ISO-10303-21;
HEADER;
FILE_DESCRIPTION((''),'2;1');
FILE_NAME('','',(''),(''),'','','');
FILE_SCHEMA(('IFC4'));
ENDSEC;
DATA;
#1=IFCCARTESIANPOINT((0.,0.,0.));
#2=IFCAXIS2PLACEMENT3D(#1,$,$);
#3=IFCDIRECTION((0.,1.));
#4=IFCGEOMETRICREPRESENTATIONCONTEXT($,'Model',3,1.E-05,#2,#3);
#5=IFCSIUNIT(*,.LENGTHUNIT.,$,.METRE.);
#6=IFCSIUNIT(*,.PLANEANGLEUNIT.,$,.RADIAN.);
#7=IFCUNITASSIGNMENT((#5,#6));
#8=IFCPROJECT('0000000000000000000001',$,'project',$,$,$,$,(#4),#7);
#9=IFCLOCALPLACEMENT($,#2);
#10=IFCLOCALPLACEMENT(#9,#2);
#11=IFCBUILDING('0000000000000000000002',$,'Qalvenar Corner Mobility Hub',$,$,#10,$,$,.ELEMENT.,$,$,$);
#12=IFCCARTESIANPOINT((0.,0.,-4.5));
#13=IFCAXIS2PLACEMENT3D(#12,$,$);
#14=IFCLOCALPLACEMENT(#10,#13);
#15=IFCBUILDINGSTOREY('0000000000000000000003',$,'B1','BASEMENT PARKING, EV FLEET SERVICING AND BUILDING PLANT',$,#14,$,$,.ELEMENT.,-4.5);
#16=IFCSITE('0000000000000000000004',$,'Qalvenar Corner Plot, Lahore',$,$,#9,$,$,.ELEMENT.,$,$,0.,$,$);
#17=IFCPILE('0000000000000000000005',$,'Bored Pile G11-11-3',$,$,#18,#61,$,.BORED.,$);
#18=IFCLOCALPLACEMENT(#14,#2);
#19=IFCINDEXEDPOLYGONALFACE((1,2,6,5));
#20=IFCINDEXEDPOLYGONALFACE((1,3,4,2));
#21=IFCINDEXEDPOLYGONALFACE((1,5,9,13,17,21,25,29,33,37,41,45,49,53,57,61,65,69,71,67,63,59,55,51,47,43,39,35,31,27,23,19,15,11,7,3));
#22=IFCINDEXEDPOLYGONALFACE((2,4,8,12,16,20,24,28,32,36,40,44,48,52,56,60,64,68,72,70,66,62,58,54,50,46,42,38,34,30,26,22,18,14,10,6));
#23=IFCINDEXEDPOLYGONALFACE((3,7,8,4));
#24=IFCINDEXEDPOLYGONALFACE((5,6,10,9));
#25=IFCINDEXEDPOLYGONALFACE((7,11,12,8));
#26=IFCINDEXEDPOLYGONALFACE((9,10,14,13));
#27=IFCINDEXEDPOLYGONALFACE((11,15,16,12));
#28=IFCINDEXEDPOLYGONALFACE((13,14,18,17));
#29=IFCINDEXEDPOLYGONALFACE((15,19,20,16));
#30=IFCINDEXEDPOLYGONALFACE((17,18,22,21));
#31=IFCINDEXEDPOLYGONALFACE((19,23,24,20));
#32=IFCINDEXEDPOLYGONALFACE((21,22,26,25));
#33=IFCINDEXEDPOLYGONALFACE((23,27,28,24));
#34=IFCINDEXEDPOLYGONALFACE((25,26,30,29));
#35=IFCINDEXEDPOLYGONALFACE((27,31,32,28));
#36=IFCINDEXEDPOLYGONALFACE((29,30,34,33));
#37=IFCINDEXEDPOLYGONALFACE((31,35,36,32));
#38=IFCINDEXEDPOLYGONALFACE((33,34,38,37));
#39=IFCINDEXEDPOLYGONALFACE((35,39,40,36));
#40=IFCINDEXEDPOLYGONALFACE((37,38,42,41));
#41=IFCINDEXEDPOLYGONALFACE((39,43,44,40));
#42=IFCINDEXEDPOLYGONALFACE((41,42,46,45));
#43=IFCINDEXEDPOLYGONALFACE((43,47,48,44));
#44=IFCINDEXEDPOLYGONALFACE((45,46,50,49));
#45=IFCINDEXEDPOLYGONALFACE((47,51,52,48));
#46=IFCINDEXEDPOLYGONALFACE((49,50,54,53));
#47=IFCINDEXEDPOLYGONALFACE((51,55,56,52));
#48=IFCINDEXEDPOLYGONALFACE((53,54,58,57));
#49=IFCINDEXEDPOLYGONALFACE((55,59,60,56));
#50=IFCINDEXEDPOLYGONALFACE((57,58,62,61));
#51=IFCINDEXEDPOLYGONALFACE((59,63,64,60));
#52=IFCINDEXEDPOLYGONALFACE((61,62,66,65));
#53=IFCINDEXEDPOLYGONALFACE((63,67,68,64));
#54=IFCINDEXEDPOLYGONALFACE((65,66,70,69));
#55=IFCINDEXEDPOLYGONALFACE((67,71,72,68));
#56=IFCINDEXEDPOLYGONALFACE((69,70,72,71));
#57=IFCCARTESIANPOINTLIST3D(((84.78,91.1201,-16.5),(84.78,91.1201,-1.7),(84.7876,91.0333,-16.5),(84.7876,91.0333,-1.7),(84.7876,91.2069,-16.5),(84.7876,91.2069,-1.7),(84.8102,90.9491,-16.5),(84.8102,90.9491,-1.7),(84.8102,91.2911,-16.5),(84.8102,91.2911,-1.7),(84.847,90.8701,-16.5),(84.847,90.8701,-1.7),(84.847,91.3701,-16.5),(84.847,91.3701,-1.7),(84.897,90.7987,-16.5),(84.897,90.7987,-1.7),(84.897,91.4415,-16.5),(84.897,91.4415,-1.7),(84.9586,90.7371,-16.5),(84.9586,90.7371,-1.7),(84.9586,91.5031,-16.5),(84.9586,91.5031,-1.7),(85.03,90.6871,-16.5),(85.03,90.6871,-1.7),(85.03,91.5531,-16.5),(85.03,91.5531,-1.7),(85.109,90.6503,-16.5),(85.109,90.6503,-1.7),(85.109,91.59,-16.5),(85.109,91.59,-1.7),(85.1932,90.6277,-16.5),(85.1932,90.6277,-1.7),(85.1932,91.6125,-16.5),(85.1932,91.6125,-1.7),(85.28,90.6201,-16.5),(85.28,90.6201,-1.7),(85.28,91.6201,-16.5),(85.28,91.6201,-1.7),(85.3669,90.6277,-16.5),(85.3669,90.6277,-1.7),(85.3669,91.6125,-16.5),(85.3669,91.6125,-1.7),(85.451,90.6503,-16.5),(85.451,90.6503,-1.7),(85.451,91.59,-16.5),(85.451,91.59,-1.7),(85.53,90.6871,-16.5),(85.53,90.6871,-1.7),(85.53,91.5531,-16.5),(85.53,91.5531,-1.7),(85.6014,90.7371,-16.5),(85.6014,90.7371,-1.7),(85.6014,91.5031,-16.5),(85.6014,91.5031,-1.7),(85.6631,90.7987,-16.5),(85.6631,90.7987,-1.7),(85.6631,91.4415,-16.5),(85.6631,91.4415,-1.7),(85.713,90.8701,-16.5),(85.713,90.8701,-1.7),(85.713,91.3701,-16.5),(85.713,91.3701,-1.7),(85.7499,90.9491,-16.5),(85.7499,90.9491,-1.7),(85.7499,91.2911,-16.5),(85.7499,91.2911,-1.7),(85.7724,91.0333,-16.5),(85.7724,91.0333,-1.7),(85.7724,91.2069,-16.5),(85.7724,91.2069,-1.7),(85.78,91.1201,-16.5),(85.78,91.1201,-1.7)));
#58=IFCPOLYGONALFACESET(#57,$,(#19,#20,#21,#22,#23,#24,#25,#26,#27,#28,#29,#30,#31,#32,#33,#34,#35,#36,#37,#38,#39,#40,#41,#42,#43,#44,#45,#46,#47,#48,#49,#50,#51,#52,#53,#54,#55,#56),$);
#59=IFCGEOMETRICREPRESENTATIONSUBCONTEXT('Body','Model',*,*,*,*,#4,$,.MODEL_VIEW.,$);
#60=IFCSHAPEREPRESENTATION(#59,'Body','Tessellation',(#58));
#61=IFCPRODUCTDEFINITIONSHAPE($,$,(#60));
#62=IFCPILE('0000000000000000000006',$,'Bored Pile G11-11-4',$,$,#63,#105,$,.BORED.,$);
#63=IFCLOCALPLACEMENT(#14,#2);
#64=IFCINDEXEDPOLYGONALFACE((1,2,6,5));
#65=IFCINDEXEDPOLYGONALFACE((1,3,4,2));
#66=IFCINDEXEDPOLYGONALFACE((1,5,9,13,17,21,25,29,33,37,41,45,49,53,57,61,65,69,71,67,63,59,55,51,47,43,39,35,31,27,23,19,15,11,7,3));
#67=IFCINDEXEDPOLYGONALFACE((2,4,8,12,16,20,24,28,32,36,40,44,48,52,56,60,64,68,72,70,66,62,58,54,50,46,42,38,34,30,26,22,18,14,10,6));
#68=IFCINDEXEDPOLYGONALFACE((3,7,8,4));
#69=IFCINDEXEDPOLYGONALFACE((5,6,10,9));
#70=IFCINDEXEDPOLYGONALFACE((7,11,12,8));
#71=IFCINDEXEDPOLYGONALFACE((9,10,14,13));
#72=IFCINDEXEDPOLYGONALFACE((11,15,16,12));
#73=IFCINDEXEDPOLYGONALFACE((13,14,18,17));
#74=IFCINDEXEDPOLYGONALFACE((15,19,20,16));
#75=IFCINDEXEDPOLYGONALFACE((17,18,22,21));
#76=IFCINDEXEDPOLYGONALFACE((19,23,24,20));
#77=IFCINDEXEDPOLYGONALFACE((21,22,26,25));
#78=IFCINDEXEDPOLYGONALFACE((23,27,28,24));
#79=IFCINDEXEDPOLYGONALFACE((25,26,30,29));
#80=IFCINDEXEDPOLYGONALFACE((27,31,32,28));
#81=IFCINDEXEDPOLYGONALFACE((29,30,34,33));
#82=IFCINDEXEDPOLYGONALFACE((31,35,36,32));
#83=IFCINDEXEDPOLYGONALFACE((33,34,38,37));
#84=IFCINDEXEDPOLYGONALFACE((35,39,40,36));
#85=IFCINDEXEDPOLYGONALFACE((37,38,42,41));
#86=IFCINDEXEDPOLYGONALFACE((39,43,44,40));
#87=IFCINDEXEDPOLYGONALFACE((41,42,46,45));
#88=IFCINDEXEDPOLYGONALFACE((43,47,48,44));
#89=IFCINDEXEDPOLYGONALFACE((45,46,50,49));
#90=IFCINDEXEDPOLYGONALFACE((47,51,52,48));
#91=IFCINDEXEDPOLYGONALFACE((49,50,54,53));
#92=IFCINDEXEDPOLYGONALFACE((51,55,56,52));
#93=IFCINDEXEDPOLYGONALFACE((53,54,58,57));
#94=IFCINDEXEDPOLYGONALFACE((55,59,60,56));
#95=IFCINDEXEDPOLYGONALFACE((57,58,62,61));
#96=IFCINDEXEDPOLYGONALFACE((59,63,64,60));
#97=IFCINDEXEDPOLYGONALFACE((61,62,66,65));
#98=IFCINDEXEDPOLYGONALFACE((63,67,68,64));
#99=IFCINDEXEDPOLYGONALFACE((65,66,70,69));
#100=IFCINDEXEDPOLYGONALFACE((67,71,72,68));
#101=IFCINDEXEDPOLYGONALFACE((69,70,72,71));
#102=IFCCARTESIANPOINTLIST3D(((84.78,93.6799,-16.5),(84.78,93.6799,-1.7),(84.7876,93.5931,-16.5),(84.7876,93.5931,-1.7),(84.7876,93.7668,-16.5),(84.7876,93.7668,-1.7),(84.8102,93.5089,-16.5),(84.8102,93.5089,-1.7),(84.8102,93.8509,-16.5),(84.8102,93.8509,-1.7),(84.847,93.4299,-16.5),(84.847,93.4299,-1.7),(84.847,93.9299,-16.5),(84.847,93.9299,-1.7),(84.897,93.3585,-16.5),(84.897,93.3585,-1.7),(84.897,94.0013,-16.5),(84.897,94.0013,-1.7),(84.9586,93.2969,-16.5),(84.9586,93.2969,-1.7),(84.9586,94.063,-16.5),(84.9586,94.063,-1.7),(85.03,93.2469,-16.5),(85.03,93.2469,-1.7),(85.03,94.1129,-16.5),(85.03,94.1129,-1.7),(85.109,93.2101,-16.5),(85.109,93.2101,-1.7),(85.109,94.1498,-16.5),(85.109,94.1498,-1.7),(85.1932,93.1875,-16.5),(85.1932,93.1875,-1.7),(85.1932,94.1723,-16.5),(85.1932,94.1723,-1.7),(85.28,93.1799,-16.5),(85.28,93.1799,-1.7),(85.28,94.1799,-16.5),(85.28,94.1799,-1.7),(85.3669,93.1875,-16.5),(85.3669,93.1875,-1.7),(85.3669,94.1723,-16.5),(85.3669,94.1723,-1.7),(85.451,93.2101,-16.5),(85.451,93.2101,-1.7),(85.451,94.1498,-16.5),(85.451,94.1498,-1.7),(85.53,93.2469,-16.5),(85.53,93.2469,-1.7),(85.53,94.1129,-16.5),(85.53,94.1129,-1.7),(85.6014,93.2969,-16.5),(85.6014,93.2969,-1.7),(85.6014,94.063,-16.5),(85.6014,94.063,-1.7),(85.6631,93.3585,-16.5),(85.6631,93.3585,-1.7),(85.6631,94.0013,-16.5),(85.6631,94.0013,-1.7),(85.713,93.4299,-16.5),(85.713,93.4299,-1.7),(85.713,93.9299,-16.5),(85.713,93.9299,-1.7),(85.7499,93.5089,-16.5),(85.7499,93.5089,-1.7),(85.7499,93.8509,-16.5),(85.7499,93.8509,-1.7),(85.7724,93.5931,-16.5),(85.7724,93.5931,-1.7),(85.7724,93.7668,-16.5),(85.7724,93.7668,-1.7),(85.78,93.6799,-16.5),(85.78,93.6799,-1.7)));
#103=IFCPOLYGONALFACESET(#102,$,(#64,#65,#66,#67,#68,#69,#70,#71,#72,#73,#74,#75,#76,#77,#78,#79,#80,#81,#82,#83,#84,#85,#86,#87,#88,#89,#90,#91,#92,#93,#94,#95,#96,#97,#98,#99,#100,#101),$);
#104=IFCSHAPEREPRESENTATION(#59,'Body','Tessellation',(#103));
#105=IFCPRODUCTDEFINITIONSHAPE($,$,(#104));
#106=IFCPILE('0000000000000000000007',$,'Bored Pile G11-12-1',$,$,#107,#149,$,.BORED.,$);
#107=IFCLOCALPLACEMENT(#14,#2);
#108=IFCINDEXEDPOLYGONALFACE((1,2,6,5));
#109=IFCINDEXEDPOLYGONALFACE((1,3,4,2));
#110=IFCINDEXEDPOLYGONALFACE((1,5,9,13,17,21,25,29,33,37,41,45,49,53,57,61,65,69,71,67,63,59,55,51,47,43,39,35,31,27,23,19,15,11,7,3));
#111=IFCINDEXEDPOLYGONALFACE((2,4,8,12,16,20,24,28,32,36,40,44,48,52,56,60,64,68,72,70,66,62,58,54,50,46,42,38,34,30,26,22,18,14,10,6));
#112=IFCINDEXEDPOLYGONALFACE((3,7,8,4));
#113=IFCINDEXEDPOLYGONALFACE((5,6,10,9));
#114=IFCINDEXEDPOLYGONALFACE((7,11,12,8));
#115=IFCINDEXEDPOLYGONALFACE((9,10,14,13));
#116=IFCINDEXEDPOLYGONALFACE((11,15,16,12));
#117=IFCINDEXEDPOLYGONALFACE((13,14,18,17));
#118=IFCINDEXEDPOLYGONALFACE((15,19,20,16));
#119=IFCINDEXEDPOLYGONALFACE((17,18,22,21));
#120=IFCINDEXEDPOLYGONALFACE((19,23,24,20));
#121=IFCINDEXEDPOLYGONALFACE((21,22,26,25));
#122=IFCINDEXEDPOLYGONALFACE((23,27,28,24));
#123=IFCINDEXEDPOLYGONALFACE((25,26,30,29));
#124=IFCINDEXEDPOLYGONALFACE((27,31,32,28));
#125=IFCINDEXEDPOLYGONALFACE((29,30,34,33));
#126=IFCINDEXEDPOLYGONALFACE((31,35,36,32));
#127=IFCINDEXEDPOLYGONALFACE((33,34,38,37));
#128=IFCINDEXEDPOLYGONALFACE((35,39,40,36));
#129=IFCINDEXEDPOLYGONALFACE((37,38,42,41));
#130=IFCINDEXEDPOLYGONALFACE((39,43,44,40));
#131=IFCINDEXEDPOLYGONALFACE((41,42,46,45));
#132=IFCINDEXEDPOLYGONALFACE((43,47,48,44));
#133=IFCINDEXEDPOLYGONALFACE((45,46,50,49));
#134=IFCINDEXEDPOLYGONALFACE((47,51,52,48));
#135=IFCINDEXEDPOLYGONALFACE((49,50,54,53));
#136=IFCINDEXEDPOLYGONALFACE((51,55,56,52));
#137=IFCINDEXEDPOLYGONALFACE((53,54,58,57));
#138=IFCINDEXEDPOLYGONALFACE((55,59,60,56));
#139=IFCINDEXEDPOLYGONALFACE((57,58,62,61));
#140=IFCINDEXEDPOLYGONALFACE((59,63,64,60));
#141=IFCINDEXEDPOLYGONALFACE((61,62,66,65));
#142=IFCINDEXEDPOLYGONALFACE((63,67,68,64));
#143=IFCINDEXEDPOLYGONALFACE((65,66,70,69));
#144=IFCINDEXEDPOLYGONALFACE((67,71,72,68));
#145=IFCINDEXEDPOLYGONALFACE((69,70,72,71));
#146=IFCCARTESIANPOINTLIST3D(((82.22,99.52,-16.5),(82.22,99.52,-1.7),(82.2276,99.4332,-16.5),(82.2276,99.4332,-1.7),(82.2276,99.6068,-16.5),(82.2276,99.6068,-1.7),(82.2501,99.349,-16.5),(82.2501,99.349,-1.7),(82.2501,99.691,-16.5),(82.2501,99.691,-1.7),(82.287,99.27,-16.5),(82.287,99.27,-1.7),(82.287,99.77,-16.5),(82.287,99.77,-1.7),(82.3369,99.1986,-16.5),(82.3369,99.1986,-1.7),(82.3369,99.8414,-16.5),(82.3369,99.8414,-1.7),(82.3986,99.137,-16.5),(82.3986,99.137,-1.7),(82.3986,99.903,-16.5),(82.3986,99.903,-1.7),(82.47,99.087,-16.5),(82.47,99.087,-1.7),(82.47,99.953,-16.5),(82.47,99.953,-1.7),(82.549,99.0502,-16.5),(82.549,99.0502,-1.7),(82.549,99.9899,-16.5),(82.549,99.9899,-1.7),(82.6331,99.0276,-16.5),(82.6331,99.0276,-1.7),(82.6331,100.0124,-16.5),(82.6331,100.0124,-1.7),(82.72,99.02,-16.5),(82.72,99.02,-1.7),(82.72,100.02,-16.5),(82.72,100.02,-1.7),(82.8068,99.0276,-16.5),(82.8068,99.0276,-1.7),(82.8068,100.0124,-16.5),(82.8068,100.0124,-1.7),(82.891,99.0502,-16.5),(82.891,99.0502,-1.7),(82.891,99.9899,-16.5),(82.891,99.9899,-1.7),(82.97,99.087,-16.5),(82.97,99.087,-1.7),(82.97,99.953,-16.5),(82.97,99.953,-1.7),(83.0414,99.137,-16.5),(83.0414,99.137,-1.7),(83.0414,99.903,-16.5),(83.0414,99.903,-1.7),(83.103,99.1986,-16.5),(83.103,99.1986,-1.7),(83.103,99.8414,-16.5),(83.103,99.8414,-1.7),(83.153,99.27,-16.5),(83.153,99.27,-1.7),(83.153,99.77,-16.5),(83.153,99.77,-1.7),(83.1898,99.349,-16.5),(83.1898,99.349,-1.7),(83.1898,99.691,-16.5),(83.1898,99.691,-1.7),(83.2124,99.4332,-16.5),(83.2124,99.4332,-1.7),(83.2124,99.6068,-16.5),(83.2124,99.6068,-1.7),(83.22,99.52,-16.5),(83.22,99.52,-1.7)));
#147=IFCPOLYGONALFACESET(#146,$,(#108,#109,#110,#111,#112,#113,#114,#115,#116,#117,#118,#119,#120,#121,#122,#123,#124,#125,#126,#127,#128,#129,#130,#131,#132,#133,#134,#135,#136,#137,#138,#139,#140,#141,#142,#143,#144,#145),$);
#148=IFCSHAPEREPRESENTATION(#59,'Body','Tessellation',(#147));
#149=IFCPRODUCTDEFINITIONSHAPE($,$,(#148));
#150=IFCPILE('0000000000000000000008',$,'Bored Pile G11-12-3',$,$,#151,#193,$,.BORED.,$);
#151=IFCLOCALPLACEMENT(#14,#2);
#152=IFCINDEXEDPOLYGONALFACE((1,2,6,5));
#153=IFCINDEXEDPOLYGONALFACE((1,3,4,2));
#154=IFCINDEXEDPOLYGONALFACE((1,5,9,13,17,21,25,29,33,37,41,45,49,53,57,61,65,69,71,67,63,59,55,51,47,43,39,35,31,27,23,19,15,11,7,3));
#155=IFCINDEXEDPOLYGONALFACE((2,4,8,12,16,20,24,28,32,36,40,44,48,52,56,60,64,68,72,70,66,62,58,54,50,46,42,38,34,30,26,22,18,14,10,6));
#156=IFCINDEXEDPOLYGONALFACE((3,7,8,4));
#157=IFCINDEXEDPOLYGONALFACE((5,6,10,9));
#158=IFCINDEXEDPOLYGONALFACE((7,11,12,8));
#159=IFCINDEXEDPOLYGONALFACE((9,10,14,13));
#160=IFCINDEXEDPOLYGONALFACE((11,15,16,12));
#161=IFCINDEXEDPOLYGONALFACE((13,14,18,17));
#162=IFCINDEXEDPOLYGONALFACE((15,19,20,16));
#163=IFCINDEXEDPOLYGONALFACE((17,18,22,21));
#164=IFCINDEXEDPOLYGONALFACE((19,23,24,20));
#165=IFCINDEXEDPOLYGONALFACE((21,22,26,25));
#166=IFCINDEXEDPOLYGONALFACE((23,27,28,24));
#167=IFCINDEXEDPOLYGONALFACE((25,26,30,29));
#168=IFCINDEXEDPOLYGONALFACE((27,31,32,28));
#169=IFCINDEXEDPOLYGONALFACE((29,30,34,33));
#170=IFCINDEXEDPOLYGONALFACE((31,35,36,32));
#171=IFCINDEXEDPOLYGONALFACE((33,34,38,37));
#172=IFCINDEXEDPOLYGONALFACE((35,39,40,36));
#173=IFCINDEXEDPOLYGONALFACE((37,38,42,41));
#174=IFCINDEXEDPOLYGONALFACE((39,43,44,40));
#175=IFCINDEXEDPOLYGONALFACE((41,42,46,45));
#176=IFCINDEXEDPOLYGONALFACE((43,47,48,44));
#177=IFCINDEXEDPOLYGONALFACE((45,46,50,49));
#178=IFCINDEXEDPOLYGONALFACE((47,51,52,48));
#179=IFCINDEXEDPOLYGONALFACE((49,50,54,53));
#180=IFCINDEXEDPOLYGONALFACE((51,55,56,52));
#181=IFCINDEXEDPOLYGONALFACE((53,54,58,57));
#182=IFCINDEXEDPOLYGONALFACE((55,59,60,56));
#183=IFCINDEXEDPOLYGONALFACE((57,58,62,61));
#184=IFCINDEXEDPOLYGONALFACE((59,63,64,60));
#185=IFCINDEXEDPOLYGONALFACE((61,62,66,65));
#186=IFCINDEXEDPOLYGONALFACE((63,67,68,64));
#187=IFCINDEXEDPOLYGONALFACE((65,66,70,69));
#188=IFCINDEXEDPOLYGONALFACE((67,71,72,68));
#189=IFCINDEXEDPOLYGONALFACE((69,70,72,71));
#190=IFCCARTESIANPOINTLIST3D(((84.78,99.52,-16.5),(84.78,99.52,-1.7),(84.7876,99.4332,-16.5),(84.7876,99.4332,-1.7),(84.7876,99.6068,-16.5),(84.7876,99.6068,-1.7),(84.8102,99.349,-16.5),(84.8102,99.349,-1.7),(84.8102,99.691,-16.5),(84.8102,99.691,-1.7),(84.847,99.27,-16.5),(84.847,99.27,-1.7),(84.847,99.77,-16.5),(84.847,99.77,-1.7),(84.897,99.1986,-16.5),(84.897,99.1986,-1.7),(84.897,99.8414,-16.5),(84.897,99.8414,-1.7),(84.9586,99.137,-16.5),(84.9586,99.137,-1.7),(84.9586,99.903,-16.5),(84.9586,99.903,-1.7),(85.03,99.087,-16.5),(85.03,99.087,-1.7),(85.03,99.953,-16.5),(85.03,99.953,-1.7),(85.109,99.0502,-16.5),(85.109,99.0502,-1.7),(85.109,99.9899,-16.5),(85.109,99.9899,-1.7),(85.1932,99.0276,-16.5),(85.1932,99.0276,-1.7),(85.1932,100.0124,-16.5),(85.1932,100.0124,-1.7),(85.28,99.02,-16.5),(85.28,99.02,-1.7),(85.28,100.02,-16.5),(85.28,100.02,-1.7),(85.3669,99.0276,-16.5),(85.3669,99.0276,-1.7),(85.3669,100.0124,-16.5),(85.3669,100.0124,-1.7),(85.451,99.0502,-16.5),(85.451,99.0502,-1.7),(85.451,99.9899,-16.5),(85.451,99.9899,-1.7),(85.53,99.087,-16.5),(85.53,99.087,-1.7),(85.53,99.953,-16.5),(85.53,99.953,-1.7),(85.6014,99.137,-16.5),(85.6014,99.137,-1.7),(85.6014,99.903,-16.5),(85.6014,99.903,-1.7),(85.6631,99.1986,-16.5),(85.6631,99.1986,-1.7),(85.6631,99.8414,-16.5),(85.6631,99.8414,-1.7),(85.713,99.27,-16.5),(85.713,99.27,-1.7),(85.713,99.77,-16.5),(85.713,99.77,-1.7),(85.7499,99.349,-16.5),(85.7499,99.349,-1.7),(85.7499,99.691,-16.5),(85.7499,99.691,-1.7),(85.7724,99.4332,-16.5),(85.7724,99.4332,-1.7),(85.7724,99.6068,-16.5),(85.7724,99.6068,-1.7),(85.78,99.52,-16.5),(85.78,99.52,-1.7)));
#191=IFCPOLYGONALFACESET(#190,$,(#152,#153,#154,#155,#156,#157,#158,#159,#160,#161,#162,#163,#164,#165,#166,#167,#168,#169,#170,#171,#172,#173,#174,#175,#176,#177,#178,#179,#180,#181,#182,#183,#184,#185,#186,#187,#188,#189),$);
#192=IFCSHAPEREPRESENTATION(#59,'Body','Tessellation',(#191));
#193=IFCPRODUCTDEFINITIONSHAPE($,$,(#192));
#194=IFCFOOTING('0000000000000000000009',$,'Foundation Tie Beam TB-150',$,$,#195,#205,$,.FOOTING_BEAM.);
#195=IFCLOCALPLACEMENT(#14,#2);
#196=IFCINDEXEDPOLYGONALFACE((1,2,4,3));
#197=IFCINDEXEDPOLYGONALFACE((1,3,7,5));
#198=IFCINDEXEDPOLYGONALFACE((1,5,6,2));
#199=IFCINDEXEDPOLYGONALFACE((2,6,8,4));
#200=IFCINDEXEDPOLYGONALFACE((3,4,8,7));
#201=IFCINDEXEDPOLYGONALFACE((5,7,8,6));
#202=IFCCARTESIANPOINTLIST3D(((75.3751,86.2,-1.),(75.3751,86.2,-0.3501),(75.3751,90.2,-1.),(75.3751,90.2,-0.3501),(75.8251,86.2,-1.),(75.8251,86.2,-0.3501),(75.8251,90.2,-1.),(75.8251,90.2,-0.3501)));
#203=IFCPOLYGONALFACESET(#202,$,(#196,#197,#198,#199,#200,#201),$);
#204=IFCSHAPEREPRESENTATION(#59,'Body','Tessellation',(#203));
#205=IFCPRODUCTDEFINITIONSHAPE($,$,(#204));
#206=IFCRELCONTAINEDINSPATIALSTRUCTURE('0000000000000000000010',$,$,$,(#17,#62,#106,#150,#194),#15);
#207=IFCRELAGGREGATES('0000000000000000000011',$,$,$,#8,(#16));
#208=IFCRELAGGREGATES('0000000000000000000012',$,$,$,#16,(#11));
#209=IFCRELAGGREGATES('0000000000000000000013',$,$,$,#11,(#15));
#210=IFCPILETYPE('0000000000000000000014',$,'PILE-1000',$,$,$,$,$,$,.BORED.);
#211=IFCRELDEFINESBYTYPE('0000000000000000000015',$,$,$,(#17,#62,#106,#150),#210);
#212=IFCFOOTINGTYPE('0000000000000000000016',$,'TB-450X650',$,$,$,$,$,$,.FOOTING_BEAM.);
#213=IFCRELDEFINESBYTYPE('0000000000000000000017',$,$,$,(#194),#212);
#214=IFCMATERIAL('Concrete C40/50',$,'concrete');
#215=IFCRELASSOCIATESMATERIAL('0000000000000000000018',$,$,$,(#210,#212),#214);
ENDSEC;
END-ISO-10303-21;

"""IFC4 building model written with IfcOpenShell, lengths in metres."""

from ifc_helpers import new_model, si_unit, direction, frame, origin, origin_2d, place, context, subcontext, project, spatial, rectangle, circle, extrude, material, material_profile, profile_set, type_object, element, save


model = new_model("IFC4")

# Units and contexts
model_context = context("Model", 3, precision=1e-05, world=origin(), true_north=direction((0.0, 1.0)))
body_context = subcontext(model_context, "Body", "Model", "MODEL_VIEW")
ifc_project = project(units=[si_unit("LENGTHUNIT", "METRE"), si_unit("PLANEANGLEUNIT", "RADIAN")], contexts=[model_context])

# Site, building, storey
site_placement = place(None, origin())
site = spatial("IfcSite", under=ifc_project, at=site_placement, Name="Qalvenar Corner Plot, Lahore", CompositionType="ELEMENT", RefElevation=0.0)
building_placement = place(site_placement, origin())
building = spatial("IfcBuilding", under=site, at=building_placement, Name="Qalvenar Corner Mobility Hub", CompositionType="ELEMENT")
storey_placement = place(building_placement, frame((0.0, 0.0, -4.5)))
storey = spatial("IfcBuildingStorey", under=building, at=storey_placement, Name="B1", Description="BASEMENT PARKING, EV FLEET SERVICING AND BUILDING PLANT", CompositionType="ELEMENT", Elevation=-4.5)

# Shared definitions
ifc_material_1 = material(Name="Concrete C40/50", Category="concrete")

# Piles
ifc_material_profile_1 = material_profile(ifc_material_1, circle(Radius=0.5, at=origin_2d()), Name="DIA1000")
ifc_profile_set_1 = profile_set([ifc_material_profile_1], Name="Concrete C40/50")
pile_type = type_object("IfcPileType", Name="PILE-1000", PredefinedType="BORED", material=ifc_profile_set_1)
for number, where, z_axis, x_axis, name in (
    (1, (85.28, 91.1201, -1.7), (0.0, 0.0, -1.0), (1.0, 0.0, 0.0), "Bored Pile G11-11-3"),
    (2, (85.28, 93.6799, -1.7), (0.0, 0.0, -1.0), (1.0, 0.0, 0.0), "Bored Pile G11-11-4"),
    (3, (82.72, 99.52, -1.7), (0.0, 0.0, -1.0), (1.0, 0.0, 0.0), "Bored Pile G11-12-1"),
    (4, (85.28, 99.52, -1.7), (0.0, 0.0, -1.0), (1.0, 0.0, 0.0), "Bored Pile G11-12-3"),
):
    element("IfcPile", number, at=place(storey_placement, frame(where, z_axis=z_axis, x_axis=x_axis)), inside=storey, type_object=pile_type, Name=name, PredefinedType="BORED", context=body_context, shape_type="SweptSolid", body=[
        extrude(circle(Radius=0.5, at=origin_2d()), origin(), (0.0, 0.0, 1.0), 14.8),
    ])

# Footing
ifc_material_profile_2 = material_profile(ifc_material_1, rectangle(XDim=0.45, YDim=0.6499, at=origin_2d()), Name="RC450x650")
ifc_profile_set_2 = profile_set([ifc_material_profile_2], Name="Concrete C40/50")
footing_type_1 = type_object("IfcFootingType", Name="TB-450X650", PredefinedType="FOOTING_BEAM", material=ifc_profile_set_2)
footing_1_placement = place(storey_placement, frame((75.6001, 86.2, -0.675), z_axis=(0.0, 1.0, 0.0), x_axis=(-1.0, 0.0, 0.0)))
element("IfcFooting", 5, at=footing_1_placement, inside=storey, type_object=footing_type_1, Name="Foundation Tie Beam TB-150", PredefinedType="FOOTING_BEAM", context=body_context, shape_type="SweptSolid", body=[
    extrude(rectangle(XDim=0.45, YDim=0.6499, at=origin_2d()), origin(), (0.0, 0.0, 1.0), 4.0),
])

save(model, "model.ifc")
